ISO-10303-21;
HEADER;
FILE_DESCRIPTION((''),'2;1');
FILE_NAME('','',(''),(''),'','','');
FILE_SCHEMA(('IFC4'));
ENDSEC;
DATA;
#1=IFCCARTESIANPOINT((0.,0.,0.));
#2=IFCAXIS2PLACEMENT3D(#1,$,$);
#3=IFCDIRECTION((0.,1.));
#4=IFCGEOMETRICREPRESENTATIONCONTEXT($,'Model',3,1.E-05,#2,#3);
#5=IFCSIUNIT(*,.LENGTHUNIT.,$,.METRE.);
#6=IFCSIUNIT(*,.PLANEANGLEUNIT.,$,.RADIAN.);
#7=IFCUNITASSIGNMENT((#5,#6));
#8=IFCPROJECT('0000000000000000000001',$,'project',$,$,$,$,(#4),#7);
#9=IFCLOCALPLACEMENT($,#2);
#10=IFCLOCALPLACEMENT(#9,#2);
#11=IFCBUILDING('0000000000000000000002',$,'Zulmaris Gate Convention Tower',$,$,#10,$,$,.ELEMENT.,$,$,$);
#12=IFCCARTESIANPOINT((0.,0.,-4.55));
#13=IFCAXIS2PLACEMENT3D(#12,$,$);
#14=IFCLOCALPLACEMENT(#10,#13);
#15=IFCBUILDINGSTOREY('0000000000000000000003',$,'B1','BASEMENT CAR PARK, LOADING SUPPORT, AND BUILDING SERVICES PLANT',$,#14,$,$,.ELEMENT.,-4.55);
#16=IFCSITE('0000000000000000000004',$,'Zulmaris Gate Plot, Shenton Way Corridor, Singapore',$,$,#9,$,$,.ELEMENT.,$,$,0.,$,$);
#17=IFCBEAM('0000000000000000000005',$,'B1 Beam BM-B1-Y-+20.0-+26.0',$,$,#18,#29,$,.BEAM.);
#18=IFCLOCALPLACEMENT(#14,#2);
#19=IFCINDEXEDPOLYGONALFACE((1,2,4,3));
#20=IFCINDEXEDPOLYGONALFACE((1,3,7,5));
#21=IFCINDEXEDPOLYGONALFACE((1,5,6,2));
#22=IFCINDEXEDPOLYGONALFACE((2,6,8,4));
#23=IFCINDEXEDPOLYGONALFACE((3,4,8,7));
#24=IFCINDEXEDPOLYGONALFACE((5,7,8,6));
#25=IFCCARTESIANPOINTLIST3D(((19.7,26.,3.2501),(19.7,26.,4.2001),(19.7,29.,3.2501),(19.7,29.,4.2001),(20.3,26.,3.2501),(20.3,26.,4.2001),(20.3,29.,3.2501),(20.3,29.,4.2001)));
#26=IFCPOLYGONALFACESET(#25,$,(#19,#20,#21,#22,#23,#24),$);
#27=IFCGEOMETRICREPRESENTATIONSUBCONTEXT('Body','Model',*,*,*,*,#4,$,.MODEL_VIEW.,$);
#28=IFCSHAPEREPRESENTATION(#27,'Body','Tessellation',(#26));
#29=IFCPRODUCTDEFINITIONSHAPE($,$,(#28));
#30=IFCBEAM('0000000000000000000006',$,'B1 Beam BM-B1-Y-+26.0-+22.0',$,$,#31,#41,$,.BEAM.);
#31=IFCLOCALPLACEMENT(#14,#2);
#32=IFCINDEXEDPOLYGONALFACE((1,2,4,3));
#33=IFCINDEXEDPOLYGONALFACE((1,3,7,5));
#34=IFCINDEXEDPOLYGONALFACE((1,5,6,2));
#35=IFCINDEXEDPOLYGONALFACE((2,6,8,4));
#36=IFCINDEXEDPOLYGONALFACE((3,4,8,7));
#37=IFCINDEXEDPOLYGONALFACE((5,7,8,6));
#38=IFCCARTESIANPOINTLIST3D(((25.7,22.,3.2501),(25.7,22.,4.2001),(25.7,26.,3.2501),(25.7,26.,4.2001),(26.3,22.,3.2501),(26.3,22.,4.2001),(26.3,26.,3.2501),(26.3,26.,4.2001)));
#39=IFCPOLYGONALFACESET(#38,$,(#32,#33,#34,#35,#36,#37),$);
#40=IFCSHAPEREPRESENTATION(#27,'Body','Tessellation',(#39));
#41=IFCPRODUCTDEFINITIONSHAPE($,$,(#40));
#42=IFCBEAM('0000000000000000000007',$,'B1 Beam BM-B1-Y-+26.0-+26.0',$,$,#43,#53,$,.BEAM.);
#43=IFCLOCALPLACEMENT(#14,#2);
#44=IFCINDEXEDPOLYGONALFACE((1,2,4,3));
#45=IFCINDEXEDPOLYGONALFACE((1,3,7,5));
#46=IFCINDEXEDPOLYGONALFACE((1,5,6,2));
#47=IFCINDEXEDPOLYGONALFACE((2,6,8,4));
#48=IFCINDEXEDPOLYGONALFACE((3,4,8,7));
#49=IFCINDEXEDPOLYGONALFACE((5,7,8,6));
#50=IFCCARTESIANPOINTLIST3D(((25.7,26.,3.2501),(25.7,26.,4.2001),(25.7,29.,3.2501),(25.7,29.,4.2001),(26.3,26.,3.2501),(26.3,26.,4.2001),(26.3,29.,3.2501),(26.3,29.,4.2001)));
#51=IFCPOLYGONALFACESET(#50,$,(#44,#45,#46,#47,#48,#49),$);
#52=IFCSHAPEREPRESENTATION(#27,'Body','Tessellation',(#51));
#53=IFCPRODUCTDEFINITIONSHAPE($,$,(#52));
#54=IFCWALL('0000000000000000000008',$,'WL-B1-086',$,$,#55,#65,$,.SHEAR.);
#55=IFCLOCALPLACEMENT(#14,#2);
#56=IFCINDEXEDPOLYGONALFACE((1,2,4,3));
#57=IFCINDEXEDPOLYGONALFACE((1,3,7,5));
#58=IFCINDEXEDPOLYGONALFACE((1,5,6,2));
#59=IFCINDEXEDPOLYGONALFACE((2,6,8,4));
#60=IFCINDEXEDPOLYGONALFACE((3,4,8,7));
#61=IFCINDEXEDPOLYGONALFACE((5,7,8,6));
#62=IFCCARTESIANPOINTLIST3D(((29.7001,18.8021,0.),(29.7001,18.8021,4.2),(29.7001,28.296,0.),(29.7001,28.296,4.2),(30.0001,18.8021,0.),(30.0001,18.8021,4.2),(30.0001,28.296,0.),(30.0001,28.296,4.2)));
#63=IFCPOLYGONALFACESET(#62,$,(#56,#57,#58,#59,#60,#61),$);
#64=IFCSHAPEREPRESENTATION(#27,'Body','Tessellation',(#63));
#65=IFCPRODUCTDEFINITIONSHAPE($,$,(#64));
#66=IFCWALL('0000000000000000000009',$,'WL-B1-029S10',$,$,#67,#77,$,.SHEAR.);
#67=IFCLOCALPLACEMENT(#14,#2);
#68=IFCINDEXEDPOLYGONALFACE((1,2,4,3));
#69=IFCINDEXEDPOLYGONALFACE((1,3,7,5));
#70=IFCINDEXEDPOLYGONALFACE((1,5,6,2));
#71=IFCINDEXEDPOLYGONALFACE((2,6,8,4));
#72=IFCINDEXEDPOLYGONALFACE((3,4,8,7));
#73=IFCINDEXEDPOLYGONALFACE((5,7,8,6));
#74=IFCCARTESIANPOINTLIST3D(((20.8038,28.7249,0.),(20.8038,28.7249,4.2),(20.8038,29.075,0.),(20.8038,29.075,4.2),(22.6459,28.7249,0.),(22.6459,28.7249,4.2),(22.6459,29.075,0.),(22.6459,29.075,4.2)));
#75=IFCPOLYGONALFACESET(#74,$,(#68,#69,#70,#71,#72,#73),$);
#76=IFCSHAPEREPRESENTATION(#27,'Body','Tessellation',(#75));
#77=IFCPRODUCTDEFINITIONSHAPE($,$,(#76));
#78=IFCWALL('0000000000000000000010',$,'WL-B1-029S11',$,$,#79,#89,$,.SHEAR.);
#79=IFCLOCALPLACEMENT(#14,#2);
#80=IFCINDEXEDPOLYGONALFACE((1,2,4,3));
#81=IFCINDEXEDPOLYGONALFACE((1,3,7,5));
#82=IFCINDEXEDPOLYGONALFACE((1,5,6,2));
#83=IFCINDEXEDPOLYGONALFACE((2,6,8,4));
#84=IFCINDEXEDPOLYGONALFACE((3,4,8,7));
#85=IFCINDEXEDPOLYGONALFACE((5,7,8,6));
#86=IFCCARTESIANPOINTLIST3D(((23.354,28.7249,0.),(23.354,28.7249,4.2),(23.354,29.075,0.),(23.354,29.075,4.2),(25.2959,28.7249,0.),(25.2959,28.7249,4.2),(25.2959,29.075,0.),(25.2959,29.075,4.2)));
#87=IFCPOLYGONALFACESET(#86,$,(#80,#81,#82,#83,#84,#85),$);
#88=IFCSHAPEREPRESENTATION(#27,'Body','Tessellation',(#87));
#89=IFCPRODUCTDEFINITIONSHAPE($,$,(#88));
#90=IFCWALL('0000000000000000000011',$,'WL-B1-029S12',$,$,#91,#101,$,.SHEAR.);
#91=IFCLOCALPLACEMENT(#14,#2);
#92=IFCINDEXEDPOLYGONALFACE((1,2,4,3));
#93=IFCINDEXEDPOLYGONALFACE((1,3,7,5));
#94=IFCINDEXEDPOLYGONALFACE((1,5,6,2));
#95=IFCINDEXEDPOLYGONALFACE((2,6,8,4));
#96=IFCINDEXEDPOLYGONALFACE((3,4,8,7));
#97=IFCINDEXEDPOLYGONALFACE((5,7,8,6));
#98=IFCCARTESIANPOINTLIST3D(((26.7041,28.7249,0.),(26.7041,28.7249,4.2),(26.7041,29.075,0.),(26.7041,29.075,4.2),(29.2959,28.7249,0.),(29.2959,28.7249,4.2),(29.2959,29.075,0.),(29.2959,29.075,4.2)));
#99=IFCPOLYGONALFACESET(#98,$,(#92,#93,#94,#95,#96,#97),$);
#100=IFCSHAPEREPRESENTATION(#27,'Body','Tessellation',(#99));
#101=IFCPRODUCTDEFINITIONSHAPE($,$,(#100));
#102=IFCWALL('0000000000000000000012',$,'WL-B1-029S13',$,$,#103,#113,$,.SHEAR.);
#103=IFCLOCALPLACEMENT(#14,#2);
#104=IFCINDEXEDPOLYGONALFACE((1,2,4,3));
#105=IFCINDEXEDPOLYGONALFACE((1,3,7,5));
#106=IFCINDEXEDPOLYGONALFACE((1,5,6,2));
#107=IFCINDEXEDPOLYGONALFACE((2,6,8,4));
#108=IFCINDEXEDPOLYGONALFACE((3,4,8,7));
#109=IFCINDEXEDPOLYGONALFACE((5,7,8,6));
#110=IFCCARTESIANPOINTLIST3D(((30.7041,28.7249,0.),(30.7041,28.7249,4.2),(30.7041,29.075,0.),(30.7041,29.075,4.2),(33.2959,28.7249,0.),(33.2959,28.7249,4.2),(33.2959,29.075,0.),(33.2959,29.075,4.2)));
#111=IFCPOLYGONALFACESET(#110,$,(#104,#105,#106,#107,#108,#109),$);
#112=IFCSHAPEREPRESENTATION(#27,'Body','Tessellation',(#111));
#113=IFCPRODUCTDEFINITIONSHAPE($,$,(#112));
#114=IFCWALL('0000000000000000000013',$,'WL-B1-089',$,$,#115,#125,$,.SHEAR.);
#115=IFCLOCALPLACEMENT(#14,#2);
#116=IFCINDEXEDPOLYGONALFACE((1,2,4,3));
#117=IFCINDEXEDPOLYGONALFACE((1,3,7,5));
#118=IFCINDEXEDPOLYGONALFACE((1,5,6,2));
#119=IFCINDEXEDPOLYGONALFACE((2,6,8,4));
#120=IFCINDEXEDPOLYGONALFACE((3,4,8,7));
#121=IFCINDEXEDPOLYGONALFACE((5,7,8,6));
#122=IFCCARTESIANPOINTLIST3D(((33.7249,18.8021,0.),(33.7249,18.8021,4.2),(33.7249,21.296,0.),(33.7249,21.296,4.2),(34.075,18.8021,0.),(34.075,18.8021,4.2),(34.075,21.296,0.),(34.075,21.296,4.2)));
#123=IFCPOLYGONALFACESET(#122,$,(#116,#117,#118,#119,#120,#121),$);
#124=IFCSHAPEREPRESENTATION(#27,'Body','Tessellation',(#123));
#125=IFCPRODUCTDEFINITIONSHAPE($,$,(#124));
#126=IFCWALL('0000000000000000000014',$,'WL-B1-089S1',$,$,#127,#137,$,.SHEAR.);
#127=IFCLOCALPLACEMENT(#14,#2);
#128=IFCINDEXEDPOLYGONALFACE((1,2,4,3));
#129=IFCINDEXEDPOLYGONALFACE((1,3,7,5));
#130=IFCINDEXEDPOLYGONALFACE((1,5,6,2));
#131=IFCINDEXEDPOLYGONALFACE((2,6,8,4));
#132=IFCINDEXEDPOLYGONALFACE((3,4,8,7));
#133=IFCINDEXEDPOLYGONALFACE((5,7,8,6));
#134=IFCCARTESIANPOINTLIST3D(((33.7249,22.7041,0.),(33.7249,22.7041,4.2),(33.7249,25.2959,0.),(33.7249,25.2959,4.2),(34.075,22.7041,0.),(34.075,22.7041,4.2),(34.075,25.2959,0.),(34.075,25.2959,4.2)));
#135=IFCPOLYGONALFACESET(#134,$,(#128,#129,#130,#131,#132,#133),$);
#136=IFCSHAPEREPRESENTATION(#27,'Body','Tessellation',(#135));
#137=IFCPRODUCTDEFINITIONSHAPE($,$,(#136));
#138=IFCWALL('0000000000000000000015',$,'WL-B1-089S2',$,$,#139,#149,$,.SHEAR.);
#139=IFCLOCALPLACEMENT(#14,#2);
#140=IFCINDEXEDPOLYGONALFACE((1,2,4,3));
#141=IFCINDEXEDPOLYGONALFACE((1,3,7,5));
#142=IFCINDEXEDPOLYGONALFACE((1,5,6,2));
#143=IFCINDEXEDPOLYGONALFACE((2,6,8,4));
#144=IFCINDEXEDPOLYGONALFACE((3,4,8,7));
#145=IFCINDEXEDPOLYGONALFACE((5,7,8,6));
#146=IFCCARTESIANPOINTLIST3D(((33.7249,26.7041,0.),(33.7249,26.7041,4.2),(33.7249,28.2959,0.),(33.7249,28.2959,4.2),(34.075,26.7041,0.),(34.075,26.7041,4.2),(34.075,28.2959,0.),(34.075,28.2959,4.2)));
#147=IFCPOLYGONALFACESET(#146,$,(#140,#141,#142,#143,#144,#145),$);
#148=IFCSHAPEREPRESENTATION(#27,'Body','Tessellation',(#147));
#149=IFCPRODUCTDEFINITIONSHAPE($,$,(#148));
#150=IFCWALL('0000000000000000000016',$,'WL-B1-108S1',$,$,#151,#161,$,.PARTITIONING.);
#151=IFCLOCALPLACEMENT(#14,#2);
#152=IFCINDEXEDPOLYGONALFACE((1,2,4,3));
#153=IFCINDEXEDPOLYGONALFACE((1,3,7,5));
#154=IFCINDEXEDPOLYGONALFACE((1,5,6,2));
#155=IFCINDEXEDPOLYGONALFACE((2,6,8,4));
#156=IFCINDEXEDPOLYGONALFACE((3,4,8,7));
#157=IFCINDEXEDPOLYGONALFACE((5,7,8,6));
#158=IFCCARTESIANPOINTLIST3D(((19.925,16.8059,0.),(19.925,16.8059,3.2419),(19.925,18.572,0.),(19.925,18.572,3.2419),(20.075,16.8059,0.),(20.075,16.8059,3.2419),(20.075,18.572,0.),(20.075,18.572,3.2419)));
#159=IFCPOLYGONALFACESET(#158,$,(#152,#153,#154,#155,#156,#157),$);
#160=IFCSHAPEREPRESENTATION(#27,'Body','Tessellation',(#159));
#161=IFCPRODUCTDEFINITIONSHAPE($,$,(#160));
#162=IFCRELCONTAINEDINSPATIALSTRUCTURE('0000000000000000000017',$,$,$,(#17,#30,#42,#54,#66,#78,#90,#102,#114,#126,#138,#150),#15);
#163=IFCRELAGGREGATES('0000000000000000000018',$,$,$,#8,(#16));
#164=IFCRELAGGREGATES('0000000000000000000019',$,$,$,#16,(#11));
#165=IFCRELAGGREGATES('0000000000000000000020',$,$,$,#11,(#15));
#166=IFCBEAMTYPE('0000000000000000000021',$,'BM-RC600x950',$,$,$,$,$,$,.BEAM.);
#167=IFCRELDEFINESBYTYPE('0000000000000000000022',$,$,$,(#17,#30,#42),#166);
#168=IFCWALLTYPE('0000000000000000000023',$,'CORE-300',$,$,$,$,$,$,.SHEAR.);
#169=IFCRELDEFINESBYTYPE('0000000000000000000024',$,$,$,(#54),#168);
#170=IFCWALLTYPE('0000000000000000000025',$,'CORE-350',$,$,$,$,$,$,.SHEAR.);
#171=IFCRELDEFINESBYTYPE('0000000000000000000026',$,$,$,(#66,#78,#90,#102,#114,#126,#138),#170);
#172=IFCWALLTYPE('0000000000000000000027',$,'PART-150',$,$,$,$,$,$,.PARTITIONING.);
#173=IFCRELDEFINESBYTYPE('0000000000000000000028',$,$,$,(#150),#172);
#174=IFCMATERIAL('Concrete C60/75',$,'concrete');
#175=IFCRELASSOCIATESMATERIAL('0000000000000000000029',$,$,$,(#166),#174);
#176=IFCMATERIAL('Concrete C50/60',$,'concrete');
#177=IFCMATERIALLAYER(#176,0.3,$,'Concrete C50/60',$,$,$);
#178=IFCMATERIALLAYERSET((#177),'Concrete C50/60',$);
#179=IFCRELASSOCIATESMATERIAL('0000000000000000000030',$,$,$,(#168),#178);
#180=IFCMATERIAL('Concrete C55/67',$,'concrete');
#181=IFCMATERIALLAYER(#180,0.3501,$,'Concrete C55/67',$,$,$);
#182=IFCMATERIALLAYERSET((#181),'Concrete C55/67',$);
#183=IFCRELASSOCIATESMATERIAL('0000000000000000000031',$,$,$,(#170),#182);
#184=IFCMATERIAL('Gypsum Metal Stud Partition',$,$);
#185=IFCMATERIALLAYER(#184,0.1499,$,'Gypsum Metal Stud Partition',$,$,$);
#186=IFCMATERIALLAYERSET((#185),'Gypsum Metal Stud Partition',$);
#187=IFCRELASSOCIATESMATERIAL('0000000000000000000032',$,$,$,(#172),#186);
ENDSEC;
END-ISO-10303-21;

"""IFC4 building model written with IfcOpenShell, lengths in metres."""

from ifc_helpers import new_model, si_unit, direction, frame, frame_2d, origin, origin_2d, place, context, subcontext, project, spatial, rectangle, extrude, material, layer, layer_set, material_profile, profile_set, type_object, element, save


model = new_model("IFC4")

# Units and contexts
model_context = context("Model", 3, precision=1e-05, world=origin(), true_north=direction((0.0, 1.0)))
body_context = subcontext(model_context, "Body", "Model", "MODEL_VIEW")
ifc_project = project(units=[si_unit("LENGTHUNIT", "METRE"), si_unit("PLANEANGLEUNIT", "RADIAN")], contexts=[model_context])

# Site, building, storey
site_placement = place(None, origin())
site = spatial("IfcSite", under=ifc_project, at=site_placement, Name="Zulmaris Gate Plot, Shenton Way Corridor, Singapore", CompositionType="ELEMENT", RefElevation=0.0)
building_placement = place(site_placement, origin())
building = spatial("IfcBuilding", under=site, at=building_placement, Name="Zulmaris Gate Convention Tower", CompositionType="ELEMENT")
storey_placement = place(building_placement, frame((0.0, 0.0, -4.55)))
storey = spatial("IfcBuildingStorey", under=building, at=storey_placement, Name="B1", Description="BASEMENT CAR PARK, LOADING SUPPORT, AND BUILDING SERVICES PLANT", CompositionType="ELEMENT", Elevation=-4.55)

# Beams
ifc_material_1 = material(Name="Concrete C60/75", Category="concrete")
ifc_material_profile_1 = material_profile(ifc_material_1, rectangle(XDim=0.6001, YDim=0.95, at=origin_2d()), Name="RC BEAM 600x950")
ifc_profile_set_1 = profile_set([ifc_material_profile_1], Name="Concrete C60/75")
beam_type = type_object("IfcBeamType", Name="BM-RC600x950", PredefinedType="BEAM", material=ifc_profile_set_1)
beam_1_placement = place(storey_placement, frame((20.0, 26.0, 3.7251), z_axis=(0.0, 1.0, 0.0), x_axis=(-1.0, 0.0, 0.0)))
element("IfcBeam", 1, at=beam_1_placement, inside=storey, type_object=beam_type, Name="B1 Beam BM-B1-Y-+20.0-+26.0", PredefinedType="BEAM", context=body_context, shape_type="SweptSolid", body=[
    extrude(rectangle(XDim=0.6001, YDim=0.95, at=origin_2d()), origin(), (0.0, 0.0, 1.0), 3.0),
])
beam_2_placement = place(storey_placement, frame((26.0, 22.0, 3.7251), z_axis=(0.0, 1.0, 0.0), x_axis=(-1.0, 0.0, 0.0)))
element("IfcBeam", 2, at=beam_2_placement, inside=storey, type_object=beam_type, Name="B1 Beam BM-B1-Y-+26.0-+22.0", PredefinedType="BEAM", context=body_context, shape_type="SweptSolid", body=[
    extrude(rectangle(XDim=0.6001, YDim=0.95, at=origin_2d()), origin(), (0.0, 0.0, 1.0), 4.0),
])
beam_3_placement = place(storey_placement, frame((26.0, 26.0, 3.7251), z_axis=(0.0, 1.0, 0.0), x_axis=(-1.0, 0.0, 0.0)))
element("IfcBeam", 3, at=beam_3_placement, inside=storey, type_object=beam_type, Name="B1 Beam BM-B1-Y-+26.0-+26.0", PredefinedType="BEAM", context=body_context, shape_type="SweptSolid", body=[
    extrude(rectangle(XDim=0.6001, YDim=0.95, at=origin_2d()), origin(), (0.0, 0.0, 1.0), 3.0),
])

# Shared definitions
ifc_material_2 = material(Name="Concrete C50/60", Category="concrete")
ifc_layer_1 = layer(ifc_material_2, 0.3, Name="Concrete C50/60")
ifc_layer_set_1 = layer_set([ifc_layer_1], Name="Concrete C50/60")
wall_type_1 = type_object("IfcWallType", Name="CORE-300", PredefinedType="SHEAR", material=ifc_layer_set_1)

# Walls
wall_1_placement = place(storey_placement, frame((29.8501, 18.802, 0.0), z_axis=(0.0, 0.0, 1.0), x_axis=(0.0, 1.0, 0.0)))
element("IfcWall", 4, at=wall_1_placement, inside=storey, type_object=wall_type_1, Name="WL-B1-086", PredefinedType="SHEAR", context=body_context, shape_type="SweptSolid", body=[
    extrude(rectangle(XDim=9.4939, YDim=0.3, at=frame_2d((4.7471, 0.0))), origin(), (0.0, 0.0, 1.0), 4.2),
])
ifc_material_3 = material(Name="Concrete C55/67", Category="concrete")
ifc_layer_2 = layer(ifc_material_3, 0.3501, Name="Concrete C55/67")
ifc_layer_set_2 = layer_set([ifc_layer_2], Name="Concrete C55/67")
wall_type_2 = type_object("IfcWallType", Name="CORE-350", PredefinedType="SHEAR", material=ifc_layer_set_2)
wall_2_placement = place(storey_placement, frame((20.804, 28.8999, 0.0), z_axis=(0.0, 0.0, 1.0), x_axis=(1.0, 0.0, 0.0)))
element("IfcWall", 5, at=wall_2_placement, inside=storey, type_object=wall_type_2, Name="WL-B1-029S10", PredefinedType="SHEAR", context=body_context, shape_type="SweptSolid", body=[
    extrude(rectangle(XDim=1.842, YDim=0.3501, at=frame_2d((0.9209, 0.0))), origin(), (0.0, 0.0, 1.0), 4.2),
])
wall_3_placement = place(storey_placement, frame((23.354, 28.8999, 0.0), z_axis=(0.0, 0.0, 1.0), x_axis=(1.0, 0.0, 0.0)))
element("IfcWall", 6, at=wall_3_placement, inside=storey, type_object=wall_type_2, Name="WL-B1-029S11", PredefinedType="SHEAR", context=body_context, shape_type="SweptSolid", body=[
    extrude(rectangle(XDim=1.9419, YDim=0.3501, at=frame_2d((0.9709, 0.0))), origin(), (0.0, 0.0, 1.0), 4.2),
])
for number, where, z_axis, x_axis, name in (
    (7, (26.7041, 28.8999, 0.0), (0.0, 0.0, 1.0), (1.0, 0.0, 0.0), "WL-B1-029S12"),
    (8, (30.7041, 28.8999, 0.0), (0.0, 0.0, 1.0), (1.0, 0.0, 0.0), "WL-B1-029S13"),
):
    element("IfcWall", number, at=place(storey_placement, frame(where, z_axis=z_axis, x_axis=x_axis)), inside=storey, type_object=wall_type_2, Name=name, PredefinedType="SHEAR", context=body_context, shape_type="SweptSolid", body=[
        extrude(rectangle(XDim=2.5918, YDim=0.3501, at=frame_2d((1.2959, 0.0))), origin(), (0.0, 0.0, 1.0), 4.2),
    ])
wall_4_placement = place(storey_placement, frame((33.8999, 18.802, 0.0), z_axis=(0.0, 0.0, 1.0), x_axis=(0.0, 1.0, 0.0)))
element("IfcWall", 9, at=wall_4_placement, inside=storey, type_object=wall_type_2, Name="WL-B1-089", PredefinedType="SHEAR", context=body_context, shape_type="SweptSolid", body=[
    extrude(rectangle(XDim=2.4939, YDim=0.3501, at=frame_2d((1.2471, 0.0))), origin(), (0.0, 0.0, 1.0), 4.2),
])
wall_5_placement = place(storey_placement, frame((33.8999, 22.7041, 0.0), z_axis=(0.0, 0.0, 1.0), x_axis=(0.0, 1.0, 0.0)))
element("IfcWall", 10, at=wall_5_placement, inside=storey, type_object=wall_type_2, Name="WL-B1-089S1", PredefinedType="SHEAR", context=body_context, shape_type="SweptSolid", body=[
    extrude(rectangle(XDim=2.5918, YDim=0.3501, at=frame_2d((1.2959, 0.0))), origin(), (0.0, 0.0, 1.0), 4.2),
])
wall_6_placement = place(storey_placement, frame((33.8999, 26.7041, 0.0), z_axis=(0.0, 0.0, 1.0), x_axis=(0.0, 1.0, 0.0)))
element("IfcWall", 11, at=wall_6_placement, inside=storey, type_object=wall_type_2, Name="WL-B1-089S2", PredefinedType="SHEAR", context=body_context, shape_type="SweptSolid", body=[
    extrude(rectangle(XDim=1.5918, YDim=0.3501, at=frame_2d((0.7959, 0.0))), origin(), (0.0, 0.0, 1.0), 4.2),
])
ifc_material_4 = material(Name="Gypsum Metal Stud Partition")
ifc_layer_3 = layer(ifc_material_4, 0.1499, Name="Gypsum Metal Stud Partition")
ifc_layer_set_3 = layer_set([ifc_layer_3], Name="Gypsum Metal Stud Partition")
wall_type_3 = type_object("IfcWallType", Name="PART-150", PredefinedType="PARTITIONING", material=ifc_layer_set_3)
wall_7_placement = place(storey_placement, frame((20.0, 16.8059, 0.0), z_axis=(0.0, 0.0, 1.0), x_axis=(0.0, 1.0, 0.0)))
element("IfcWall", 12, at=wall_7_placement, inside=storey, type_object=wall_type_3, Name="WL-B1-108S1", PredefinedType="PARTITIONING", context=body_context, shape_type="SweptSolid", body=[
    extrude(rectangle(XDim=1.7661, YDim=0.1499, at=frame_2d((0.8831, 0.0))), origin(), (0.0, 0.0, 1.0), 3.2419),
])

save(model, "model.ifc")
